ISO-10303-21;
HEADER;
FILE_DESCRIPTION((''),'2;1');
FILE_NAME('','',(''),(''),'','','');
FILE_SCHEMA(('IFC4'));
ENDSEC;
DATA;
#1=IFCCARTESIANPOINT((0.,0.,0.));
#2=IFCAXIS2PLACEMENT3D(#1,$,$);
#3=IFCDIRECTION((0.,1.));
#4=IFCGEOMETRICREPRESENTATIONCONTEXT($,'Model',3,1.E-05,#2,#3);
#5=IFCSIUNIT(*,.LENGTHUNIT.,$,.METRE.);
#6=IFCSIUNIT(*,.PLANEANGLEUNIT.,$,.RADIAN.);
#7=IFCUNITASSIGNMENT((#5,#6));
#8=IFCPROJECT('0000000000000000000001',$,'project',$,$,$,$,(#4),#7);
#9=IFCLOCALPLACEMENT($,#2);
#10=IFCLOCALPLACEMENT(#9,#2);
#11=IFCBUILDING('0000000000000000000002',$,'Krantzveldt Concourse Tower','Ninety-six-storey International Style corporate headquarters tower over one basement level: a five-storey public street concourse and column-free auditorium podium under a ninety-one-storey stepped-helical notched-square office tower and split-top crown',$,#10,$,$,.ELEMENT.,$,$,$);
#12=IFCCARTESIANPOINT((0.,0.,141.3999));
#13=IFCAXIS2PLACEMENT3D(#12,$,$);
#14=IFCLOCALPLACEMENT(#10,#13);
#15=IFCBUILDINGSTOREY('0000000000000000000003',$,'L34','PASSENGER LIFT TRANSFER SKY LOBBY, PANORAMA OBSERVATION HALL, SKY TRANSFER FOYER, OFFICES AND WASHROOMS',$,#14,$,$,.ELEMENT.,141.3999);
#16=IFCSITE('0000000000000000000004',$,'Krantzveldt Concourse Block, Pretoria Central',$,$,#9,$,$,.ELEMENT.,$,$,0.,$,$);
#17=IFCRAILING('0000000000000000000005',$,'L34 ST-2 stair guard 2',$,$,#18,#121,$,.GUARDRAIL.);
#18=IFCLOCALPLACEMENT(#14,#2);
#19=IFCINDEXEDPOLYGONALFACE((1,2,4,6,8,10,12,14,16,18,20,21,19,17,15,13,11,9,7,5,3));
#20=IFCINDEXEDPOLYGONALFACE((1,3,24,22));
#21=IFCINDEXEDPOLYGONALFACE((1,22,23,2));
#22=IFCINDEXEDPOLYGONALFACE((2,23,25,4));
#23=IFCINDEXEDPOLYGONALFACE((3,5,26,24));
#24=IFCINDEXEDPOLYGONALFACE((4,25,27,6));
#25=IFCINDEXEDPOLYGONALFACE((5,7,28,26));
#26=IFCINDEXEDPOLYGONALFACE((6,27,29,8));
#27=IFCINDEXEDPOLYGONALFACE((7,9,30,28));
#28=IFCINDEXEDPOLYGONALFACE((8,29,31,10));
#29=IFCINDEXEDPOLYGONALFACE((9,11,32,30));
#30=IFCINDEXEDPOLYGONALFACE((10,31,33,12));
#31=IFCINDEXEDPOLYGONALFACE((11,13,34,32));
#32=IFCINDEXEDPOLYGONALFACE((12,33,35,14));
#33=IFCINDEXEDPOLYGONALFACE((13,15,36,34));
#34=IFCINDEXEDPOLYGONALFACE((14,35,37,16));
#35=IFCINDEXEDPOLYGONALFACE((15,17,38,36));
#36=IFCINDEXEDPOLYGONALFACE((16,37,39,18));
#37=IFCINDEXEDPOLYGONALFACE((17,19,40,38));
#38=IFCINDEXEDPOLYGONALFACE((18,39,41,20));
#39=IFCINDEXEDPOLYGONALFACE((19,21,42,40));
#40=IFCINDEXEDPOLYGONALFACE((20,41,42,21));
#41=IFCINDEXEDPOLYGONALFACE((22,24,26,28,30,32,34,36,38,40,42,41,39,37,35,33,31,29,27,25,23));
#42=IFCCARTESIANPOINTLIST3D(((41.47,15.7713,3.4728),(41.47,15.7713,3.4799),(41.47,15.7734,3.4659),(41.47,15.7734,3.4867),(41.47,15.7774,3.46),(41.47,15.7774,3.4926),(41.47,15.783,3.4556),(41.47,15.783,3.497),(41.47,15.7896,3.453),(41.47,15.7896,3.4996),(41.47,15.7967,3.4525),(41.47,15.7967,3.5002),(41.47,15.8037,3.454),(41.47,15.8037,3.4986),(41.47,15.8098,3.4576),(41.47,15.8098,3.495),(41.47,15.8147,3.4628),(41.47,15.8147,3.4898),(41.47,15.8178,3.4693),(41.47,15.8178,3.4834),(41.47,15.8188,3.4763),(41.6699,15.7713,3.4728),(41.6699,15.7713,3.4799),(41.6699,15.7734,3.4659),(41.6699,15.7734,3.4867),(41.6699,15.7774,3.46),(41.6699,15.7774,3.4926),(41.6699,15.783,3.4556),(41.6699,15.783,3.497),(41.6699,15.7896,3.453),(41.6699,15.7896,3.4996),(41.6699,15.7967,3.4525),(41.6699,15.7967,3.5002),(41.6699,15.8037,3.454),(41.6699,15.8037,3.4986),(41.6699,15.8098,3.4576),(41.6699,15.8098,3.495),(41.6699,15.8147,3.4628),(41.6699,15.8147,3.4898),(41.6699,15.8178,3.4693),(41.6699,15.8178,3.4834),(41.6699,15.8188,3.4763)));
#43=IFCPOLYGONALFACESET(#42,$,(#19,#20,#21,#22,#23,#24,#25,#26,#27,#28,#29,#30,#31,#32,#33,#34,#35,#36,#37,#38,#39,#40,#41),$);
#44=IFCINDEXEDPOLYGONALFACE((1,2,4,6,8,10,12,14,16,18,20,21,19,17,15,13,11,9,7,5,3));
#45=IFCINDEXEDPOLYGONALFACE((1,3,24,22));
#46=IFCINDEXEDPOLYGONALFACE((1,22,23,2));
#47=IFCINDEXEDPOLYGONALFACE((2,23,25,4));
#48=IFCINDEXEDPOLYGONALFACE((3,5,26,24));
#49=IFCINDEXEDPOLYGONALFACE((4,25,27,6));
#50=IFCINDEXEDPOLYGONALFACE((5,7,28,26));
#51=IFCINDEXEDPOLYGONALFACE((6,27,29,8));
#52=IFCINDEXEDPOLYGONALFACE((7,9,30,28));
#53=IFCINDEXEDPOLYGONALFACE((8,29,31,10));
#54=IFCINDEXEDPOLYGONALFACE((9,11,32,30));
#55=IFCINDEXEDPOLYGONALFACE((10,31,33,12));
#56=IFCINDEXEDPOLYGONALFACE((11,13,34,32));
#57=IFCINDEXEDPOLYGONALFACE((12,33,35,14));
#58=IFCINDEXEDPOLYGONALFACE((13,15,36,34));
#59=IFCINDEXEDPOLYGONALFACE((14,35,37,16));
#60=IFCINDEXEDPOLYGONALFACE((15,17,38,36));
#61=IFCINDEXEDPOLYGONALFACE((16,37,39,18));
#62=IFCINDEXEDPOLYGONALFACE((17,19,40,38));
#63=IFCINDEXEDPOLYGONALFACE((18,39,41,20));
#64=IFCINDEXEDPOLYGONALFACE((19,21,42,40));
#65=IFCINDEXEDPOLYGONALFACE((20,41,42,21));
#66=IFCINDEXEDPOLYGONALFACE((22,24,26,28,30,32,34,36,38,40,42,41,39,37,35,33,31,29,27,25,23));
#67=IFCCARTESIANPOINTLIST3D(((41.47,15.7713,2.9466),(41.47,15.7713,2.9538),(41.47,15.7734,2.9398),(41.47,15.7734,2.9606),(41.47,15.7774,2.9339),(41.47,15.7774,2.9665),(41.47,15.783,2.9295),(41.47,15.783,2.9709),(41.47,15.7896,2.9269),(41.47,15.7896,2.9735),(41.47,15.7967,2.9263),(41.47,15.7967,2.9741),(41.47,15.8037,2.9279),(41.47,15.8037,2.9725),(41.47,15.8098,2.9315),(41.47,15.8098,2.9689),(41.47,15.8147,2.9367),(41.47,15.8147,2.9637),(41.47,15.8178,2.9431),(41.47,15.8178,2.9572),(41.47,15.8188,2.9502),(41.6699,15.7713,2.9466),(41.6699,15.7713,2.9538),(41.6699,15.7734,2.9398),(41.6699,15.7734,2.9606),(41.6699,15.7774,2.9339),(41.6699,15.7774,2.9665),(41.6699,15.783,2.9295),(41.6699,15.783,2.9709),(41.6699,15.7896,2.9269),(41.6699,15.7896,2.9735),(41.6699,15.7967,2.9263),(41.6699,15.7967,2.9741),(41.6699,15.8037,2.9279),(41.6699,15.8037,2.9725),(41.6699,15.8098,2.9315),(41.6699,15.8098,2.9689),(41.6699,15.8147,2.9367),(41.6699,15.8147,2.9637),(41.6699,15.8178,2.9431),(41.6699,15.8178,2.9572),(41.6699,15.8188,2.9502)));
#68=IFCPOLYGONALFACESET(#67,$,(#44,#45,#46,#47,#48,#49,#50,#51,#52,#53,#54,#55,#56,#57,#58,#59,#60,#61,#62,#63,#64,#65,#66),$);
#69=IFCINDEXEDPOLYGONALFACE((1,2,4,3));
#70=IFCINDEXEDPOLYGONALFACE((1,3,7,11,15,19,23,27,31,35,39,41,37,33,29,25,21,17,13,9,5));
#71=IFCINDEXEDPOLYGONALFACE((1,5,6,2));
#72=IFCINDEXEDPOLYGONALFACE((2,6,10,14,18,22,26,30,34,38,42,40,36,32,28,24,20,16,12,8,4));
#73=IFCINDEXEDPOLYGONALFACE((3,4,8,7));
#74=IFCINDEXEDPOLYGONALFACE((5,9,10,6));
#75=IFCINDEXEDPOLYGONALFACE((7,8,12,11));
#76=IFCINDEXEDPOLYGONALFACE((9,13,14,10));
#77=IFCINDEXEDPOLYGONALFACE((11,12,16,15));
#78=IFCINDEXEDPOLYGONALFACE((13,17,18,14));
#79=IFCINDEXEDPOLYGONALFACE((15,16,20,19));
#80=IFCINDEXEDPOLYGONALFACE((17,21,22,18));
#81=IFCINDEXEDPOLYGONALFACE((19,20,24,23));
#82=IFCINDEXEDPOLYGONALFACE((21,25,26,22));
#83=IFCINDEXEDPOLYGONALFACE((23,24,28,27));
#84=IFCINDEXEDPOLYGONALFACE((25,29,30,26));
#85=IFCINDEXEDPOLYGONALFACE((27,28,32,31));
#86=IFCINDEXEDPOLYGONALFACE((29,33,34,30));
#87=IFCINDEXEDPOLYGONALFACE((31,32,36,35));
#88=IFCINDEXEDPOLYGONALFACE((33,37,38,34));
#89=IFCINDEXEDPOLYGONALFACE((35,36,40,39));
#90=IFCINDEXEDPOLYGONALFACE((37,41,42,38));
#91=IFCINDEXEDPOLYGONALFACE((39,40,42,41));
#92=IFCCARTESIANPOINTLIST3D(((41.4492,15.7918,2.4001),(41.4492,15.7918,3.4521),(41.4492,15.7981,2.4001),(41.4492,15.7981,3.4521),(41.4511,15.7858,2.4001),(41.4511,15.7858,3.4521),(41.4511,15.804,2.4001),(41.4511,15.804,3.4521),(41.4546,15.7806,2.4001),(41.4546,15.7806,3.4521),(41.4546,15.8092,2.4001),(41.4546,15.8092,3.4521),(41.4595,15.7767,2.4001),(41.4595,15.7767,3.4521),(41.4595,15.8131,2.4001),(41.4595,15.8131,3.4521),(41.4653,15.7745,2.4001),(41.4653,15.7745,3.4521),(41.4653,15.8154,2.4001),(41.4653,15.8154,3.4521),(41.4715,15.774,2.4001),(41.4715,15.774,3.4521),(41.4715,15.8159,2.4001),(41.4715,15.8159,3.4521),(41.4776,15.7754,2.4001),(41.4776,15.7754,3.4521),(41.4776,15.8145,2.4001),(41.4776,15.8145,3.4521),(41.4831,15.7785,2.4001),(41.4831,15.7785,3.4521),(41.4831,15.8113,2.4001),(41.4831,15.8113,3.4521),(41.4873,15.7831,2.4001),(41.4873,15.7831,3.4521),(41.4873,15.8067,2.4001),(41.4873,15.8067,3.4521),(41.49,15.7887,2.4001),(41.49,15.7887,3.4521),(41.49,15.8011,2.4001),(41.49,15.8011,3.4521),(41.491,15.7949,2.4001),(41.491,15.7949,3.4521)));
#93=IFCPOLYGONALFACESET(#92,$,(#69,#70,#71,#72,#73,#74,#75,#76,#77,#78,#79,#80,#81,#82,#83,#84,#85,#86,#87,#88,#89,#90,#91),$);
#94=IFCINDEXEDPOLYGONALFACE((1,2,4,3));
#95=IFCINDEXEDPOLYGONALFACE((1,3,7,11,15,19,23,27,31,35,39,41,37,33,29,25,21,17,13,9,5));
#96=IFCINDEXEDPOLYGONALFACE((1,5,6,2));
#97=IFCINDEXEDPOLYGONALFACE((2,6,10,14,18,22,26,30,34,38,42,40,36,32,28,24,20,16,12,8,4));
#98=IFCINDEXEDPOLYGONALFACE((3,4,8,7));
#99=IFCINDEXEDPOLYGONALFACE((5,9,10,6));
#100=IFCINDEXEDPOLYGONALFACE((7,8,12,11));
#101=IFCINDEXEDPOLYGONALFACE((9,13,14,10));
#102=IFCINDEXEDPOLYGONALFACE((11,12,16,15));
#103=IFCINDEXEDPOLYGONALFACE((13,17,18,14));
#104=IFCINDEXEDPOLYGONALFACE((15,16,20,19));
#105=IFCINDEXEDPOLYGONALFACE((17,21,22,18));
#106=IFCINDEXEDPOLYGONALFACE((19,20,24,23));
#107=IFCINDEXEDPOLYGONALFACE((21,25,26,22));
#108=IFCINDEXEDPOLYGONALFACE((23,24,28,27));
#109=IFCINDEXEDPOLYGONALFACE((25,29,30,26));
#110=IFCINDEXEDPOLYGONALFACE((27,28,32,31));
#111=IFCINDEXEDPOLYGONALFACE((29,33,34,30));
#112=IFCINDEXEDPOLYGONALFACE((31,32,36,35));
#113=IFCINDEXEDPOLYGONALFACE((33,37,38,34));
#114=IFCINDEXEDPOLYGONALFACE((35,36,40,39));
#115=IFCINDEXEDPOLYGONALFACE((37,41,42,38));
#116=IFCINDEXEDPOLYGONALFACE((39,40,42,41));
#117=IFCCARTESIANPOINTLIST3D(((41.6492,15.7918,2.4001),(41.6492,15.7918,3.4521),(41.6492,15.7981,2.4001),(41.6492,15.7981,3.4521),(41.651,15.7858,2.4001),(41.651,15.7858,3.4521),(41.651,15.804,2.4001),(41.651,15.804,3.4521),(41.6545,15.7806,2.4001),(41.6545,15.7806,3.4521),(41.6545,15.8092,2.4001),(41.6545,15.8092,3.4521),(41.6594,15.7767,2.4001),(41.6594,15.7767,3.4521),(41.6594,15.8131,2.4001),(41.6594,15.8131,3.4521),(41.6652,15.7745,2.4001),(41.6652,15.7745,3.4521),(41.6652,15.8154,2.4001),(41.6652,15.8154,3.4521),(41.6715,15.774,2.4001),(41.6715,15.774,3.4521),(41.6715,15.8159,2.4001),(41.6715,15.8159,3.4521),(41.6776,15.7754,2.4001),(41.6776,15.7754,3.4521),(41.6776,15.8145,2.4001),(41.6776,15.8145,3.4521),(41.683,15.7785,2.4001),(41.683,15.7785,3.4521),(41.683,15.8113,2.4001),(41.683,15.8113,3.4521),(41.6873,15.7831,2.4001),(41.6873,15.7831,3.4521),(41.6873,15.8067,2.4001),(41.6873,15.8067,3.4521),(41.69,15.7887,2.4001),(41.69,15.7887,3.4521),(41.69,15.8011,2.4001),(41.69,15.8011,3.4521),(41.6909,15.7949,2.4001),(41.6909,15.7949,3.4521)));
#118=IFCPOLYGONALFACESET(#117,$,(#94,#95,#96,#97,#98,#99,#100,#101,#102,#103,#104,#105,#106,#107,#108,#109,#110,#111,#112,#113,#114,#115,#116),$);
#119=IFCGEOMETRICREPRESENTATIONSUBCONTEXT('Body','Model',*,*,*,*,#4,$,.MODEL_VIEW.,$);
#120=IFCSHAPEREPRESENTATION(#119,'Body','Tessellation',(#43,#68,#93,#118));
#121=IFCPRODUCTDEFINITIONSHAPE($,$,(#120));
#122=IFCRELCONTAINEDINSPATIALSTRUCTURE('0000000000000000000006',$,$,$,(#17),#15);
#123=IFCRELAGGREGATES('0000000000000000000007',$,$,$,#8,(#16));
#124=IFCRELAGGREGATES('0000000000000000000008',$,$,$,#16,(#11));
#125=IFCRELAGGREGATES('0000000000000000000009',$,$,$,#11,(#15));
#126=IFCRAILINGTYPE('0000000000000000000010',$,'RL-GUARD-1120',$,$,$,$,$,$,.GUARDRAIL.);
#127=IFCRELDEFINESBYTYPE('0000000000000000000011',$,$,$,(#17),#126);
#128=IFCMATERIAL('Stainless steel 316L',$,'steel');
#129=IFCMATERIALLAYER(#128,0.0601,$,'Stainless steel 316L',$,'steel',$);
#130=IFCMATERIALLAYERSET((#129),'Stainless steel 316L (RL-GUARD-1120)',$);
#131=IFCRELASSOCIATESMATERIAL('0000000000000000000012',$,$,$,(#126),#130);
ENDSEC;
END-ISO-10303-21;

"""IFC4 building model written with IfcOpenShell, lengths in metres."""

from ifc_helpers import new_model, si_unit, direction, frame, origin, origin_2d, place, context, subcontext, project, spatial, circle, extrude, material, layer, layer_set, type_object, element, save


model = new_model("IFC4")

# Units and contexts
model_context = context("Model", 3, precision=1e-05, world=origin(), true_north=direction((0.0, 1.0)))
body_context = subcontext(model_context, "Body", "Model", "MODEL_VIEW")
ifc_project = project(units=[si_unit("LENGTHUNIT", "METRE"), si_unit("PLANEANGLEUNIT", "RADIAN")], contexts=[model_context])

# Site, building, storey
site_placement = place(None, origin())
site = spatial("IfcSite", under=ifc_project, at=site_placement, Name="Krantzveldt Concourse Block, Pretoria Central", CompositionType="ELEMENT", RefElevation=0.0)
building_placement = place(site_placement, origin())
building = spatial("IfcBuilding", under=site, at=building_placement, Name="Krantzveldt Concourse Tower", Description="Ninety-six-storey International Style corporate headquarters tower over one basement level: a five-storey public street concourse and column-free auditorium podium under a ninety-one-storey stepped-helical notched-square office tower and split-top crown", CompositionType="ELEMENT")
storey_placement = place(building_placement, frame((0.0, 0.0, 141.3999)))
storey = spatial("IfcBuildingStorey", under=building, at=storey_placement, Name="L34", Description="PASSENGER LIFT TRANSFER SKY LOBBY, PANORAMA OBSERVATION HALL, SKY TRANSFER FOYER, OFFICES AND WASHROOMS", CompositionType="ELEMENT", Elevation=141.3999)

# Shared definitions
ifc_material_1 = material(Name="Stainless steel 316L", Category="steel")

# Railing
ifc_layer_1 = layer(ifc_material_1, 0.0601, Name="Stainless steel 316L", Category="steel")
ifc_layer_set_1 = layer_set([ifc_layer_1], Name="Stainless steel 316L (RL-GUARD-1120)")
railing_type_1 = type_object("IfcRailingType", Name="RL-GUARD-1120", PredefinedType="GUARDRAIL", material=ifc_layer_set_1)
railing_1_placement = place(storey_placement, frame((41.47, 15.7949, 2.4001)))
element("IfcRailing", 1, at=railing_1_placement, inside=storey, type_object=railing_type_1, Name="L34 ST-2 stair guard 2", PredefinedType="GUARDRAIL", context=body_context, shape_type="SweptSolid", body=[
    extrude(circle(Radius=0.0239, at=origin_2d()), frame((0.0, 0.0, 1.0762), z_axis=(1.0, 0.0, 0.0), x_axis=(0.0, 1.0, 0.0)), (0.0, 0.0, 1.0), 0.2),
    extrude(circle(Radius=0.0239, at=origin_2d()), frame((0.0, 0.0, 0.55), z_axis=(1.0, 0.0, 0.0), x_axis=(0.0, 1.0, 0.0)), (0.0, 0.0, 1.0), 0.2),
    extrude(circle(Radius=0.021, at=origin_2d()), origin(), (0.0, 0.0, 1.0), 1.052),
    extrude(circle(Radius=0.021, at=origin_2d()), frame((0.2, 0.0, 0.0)), (0.0, 0.0, 1.0), 1.052),
])

save(model, "model.ifc")
